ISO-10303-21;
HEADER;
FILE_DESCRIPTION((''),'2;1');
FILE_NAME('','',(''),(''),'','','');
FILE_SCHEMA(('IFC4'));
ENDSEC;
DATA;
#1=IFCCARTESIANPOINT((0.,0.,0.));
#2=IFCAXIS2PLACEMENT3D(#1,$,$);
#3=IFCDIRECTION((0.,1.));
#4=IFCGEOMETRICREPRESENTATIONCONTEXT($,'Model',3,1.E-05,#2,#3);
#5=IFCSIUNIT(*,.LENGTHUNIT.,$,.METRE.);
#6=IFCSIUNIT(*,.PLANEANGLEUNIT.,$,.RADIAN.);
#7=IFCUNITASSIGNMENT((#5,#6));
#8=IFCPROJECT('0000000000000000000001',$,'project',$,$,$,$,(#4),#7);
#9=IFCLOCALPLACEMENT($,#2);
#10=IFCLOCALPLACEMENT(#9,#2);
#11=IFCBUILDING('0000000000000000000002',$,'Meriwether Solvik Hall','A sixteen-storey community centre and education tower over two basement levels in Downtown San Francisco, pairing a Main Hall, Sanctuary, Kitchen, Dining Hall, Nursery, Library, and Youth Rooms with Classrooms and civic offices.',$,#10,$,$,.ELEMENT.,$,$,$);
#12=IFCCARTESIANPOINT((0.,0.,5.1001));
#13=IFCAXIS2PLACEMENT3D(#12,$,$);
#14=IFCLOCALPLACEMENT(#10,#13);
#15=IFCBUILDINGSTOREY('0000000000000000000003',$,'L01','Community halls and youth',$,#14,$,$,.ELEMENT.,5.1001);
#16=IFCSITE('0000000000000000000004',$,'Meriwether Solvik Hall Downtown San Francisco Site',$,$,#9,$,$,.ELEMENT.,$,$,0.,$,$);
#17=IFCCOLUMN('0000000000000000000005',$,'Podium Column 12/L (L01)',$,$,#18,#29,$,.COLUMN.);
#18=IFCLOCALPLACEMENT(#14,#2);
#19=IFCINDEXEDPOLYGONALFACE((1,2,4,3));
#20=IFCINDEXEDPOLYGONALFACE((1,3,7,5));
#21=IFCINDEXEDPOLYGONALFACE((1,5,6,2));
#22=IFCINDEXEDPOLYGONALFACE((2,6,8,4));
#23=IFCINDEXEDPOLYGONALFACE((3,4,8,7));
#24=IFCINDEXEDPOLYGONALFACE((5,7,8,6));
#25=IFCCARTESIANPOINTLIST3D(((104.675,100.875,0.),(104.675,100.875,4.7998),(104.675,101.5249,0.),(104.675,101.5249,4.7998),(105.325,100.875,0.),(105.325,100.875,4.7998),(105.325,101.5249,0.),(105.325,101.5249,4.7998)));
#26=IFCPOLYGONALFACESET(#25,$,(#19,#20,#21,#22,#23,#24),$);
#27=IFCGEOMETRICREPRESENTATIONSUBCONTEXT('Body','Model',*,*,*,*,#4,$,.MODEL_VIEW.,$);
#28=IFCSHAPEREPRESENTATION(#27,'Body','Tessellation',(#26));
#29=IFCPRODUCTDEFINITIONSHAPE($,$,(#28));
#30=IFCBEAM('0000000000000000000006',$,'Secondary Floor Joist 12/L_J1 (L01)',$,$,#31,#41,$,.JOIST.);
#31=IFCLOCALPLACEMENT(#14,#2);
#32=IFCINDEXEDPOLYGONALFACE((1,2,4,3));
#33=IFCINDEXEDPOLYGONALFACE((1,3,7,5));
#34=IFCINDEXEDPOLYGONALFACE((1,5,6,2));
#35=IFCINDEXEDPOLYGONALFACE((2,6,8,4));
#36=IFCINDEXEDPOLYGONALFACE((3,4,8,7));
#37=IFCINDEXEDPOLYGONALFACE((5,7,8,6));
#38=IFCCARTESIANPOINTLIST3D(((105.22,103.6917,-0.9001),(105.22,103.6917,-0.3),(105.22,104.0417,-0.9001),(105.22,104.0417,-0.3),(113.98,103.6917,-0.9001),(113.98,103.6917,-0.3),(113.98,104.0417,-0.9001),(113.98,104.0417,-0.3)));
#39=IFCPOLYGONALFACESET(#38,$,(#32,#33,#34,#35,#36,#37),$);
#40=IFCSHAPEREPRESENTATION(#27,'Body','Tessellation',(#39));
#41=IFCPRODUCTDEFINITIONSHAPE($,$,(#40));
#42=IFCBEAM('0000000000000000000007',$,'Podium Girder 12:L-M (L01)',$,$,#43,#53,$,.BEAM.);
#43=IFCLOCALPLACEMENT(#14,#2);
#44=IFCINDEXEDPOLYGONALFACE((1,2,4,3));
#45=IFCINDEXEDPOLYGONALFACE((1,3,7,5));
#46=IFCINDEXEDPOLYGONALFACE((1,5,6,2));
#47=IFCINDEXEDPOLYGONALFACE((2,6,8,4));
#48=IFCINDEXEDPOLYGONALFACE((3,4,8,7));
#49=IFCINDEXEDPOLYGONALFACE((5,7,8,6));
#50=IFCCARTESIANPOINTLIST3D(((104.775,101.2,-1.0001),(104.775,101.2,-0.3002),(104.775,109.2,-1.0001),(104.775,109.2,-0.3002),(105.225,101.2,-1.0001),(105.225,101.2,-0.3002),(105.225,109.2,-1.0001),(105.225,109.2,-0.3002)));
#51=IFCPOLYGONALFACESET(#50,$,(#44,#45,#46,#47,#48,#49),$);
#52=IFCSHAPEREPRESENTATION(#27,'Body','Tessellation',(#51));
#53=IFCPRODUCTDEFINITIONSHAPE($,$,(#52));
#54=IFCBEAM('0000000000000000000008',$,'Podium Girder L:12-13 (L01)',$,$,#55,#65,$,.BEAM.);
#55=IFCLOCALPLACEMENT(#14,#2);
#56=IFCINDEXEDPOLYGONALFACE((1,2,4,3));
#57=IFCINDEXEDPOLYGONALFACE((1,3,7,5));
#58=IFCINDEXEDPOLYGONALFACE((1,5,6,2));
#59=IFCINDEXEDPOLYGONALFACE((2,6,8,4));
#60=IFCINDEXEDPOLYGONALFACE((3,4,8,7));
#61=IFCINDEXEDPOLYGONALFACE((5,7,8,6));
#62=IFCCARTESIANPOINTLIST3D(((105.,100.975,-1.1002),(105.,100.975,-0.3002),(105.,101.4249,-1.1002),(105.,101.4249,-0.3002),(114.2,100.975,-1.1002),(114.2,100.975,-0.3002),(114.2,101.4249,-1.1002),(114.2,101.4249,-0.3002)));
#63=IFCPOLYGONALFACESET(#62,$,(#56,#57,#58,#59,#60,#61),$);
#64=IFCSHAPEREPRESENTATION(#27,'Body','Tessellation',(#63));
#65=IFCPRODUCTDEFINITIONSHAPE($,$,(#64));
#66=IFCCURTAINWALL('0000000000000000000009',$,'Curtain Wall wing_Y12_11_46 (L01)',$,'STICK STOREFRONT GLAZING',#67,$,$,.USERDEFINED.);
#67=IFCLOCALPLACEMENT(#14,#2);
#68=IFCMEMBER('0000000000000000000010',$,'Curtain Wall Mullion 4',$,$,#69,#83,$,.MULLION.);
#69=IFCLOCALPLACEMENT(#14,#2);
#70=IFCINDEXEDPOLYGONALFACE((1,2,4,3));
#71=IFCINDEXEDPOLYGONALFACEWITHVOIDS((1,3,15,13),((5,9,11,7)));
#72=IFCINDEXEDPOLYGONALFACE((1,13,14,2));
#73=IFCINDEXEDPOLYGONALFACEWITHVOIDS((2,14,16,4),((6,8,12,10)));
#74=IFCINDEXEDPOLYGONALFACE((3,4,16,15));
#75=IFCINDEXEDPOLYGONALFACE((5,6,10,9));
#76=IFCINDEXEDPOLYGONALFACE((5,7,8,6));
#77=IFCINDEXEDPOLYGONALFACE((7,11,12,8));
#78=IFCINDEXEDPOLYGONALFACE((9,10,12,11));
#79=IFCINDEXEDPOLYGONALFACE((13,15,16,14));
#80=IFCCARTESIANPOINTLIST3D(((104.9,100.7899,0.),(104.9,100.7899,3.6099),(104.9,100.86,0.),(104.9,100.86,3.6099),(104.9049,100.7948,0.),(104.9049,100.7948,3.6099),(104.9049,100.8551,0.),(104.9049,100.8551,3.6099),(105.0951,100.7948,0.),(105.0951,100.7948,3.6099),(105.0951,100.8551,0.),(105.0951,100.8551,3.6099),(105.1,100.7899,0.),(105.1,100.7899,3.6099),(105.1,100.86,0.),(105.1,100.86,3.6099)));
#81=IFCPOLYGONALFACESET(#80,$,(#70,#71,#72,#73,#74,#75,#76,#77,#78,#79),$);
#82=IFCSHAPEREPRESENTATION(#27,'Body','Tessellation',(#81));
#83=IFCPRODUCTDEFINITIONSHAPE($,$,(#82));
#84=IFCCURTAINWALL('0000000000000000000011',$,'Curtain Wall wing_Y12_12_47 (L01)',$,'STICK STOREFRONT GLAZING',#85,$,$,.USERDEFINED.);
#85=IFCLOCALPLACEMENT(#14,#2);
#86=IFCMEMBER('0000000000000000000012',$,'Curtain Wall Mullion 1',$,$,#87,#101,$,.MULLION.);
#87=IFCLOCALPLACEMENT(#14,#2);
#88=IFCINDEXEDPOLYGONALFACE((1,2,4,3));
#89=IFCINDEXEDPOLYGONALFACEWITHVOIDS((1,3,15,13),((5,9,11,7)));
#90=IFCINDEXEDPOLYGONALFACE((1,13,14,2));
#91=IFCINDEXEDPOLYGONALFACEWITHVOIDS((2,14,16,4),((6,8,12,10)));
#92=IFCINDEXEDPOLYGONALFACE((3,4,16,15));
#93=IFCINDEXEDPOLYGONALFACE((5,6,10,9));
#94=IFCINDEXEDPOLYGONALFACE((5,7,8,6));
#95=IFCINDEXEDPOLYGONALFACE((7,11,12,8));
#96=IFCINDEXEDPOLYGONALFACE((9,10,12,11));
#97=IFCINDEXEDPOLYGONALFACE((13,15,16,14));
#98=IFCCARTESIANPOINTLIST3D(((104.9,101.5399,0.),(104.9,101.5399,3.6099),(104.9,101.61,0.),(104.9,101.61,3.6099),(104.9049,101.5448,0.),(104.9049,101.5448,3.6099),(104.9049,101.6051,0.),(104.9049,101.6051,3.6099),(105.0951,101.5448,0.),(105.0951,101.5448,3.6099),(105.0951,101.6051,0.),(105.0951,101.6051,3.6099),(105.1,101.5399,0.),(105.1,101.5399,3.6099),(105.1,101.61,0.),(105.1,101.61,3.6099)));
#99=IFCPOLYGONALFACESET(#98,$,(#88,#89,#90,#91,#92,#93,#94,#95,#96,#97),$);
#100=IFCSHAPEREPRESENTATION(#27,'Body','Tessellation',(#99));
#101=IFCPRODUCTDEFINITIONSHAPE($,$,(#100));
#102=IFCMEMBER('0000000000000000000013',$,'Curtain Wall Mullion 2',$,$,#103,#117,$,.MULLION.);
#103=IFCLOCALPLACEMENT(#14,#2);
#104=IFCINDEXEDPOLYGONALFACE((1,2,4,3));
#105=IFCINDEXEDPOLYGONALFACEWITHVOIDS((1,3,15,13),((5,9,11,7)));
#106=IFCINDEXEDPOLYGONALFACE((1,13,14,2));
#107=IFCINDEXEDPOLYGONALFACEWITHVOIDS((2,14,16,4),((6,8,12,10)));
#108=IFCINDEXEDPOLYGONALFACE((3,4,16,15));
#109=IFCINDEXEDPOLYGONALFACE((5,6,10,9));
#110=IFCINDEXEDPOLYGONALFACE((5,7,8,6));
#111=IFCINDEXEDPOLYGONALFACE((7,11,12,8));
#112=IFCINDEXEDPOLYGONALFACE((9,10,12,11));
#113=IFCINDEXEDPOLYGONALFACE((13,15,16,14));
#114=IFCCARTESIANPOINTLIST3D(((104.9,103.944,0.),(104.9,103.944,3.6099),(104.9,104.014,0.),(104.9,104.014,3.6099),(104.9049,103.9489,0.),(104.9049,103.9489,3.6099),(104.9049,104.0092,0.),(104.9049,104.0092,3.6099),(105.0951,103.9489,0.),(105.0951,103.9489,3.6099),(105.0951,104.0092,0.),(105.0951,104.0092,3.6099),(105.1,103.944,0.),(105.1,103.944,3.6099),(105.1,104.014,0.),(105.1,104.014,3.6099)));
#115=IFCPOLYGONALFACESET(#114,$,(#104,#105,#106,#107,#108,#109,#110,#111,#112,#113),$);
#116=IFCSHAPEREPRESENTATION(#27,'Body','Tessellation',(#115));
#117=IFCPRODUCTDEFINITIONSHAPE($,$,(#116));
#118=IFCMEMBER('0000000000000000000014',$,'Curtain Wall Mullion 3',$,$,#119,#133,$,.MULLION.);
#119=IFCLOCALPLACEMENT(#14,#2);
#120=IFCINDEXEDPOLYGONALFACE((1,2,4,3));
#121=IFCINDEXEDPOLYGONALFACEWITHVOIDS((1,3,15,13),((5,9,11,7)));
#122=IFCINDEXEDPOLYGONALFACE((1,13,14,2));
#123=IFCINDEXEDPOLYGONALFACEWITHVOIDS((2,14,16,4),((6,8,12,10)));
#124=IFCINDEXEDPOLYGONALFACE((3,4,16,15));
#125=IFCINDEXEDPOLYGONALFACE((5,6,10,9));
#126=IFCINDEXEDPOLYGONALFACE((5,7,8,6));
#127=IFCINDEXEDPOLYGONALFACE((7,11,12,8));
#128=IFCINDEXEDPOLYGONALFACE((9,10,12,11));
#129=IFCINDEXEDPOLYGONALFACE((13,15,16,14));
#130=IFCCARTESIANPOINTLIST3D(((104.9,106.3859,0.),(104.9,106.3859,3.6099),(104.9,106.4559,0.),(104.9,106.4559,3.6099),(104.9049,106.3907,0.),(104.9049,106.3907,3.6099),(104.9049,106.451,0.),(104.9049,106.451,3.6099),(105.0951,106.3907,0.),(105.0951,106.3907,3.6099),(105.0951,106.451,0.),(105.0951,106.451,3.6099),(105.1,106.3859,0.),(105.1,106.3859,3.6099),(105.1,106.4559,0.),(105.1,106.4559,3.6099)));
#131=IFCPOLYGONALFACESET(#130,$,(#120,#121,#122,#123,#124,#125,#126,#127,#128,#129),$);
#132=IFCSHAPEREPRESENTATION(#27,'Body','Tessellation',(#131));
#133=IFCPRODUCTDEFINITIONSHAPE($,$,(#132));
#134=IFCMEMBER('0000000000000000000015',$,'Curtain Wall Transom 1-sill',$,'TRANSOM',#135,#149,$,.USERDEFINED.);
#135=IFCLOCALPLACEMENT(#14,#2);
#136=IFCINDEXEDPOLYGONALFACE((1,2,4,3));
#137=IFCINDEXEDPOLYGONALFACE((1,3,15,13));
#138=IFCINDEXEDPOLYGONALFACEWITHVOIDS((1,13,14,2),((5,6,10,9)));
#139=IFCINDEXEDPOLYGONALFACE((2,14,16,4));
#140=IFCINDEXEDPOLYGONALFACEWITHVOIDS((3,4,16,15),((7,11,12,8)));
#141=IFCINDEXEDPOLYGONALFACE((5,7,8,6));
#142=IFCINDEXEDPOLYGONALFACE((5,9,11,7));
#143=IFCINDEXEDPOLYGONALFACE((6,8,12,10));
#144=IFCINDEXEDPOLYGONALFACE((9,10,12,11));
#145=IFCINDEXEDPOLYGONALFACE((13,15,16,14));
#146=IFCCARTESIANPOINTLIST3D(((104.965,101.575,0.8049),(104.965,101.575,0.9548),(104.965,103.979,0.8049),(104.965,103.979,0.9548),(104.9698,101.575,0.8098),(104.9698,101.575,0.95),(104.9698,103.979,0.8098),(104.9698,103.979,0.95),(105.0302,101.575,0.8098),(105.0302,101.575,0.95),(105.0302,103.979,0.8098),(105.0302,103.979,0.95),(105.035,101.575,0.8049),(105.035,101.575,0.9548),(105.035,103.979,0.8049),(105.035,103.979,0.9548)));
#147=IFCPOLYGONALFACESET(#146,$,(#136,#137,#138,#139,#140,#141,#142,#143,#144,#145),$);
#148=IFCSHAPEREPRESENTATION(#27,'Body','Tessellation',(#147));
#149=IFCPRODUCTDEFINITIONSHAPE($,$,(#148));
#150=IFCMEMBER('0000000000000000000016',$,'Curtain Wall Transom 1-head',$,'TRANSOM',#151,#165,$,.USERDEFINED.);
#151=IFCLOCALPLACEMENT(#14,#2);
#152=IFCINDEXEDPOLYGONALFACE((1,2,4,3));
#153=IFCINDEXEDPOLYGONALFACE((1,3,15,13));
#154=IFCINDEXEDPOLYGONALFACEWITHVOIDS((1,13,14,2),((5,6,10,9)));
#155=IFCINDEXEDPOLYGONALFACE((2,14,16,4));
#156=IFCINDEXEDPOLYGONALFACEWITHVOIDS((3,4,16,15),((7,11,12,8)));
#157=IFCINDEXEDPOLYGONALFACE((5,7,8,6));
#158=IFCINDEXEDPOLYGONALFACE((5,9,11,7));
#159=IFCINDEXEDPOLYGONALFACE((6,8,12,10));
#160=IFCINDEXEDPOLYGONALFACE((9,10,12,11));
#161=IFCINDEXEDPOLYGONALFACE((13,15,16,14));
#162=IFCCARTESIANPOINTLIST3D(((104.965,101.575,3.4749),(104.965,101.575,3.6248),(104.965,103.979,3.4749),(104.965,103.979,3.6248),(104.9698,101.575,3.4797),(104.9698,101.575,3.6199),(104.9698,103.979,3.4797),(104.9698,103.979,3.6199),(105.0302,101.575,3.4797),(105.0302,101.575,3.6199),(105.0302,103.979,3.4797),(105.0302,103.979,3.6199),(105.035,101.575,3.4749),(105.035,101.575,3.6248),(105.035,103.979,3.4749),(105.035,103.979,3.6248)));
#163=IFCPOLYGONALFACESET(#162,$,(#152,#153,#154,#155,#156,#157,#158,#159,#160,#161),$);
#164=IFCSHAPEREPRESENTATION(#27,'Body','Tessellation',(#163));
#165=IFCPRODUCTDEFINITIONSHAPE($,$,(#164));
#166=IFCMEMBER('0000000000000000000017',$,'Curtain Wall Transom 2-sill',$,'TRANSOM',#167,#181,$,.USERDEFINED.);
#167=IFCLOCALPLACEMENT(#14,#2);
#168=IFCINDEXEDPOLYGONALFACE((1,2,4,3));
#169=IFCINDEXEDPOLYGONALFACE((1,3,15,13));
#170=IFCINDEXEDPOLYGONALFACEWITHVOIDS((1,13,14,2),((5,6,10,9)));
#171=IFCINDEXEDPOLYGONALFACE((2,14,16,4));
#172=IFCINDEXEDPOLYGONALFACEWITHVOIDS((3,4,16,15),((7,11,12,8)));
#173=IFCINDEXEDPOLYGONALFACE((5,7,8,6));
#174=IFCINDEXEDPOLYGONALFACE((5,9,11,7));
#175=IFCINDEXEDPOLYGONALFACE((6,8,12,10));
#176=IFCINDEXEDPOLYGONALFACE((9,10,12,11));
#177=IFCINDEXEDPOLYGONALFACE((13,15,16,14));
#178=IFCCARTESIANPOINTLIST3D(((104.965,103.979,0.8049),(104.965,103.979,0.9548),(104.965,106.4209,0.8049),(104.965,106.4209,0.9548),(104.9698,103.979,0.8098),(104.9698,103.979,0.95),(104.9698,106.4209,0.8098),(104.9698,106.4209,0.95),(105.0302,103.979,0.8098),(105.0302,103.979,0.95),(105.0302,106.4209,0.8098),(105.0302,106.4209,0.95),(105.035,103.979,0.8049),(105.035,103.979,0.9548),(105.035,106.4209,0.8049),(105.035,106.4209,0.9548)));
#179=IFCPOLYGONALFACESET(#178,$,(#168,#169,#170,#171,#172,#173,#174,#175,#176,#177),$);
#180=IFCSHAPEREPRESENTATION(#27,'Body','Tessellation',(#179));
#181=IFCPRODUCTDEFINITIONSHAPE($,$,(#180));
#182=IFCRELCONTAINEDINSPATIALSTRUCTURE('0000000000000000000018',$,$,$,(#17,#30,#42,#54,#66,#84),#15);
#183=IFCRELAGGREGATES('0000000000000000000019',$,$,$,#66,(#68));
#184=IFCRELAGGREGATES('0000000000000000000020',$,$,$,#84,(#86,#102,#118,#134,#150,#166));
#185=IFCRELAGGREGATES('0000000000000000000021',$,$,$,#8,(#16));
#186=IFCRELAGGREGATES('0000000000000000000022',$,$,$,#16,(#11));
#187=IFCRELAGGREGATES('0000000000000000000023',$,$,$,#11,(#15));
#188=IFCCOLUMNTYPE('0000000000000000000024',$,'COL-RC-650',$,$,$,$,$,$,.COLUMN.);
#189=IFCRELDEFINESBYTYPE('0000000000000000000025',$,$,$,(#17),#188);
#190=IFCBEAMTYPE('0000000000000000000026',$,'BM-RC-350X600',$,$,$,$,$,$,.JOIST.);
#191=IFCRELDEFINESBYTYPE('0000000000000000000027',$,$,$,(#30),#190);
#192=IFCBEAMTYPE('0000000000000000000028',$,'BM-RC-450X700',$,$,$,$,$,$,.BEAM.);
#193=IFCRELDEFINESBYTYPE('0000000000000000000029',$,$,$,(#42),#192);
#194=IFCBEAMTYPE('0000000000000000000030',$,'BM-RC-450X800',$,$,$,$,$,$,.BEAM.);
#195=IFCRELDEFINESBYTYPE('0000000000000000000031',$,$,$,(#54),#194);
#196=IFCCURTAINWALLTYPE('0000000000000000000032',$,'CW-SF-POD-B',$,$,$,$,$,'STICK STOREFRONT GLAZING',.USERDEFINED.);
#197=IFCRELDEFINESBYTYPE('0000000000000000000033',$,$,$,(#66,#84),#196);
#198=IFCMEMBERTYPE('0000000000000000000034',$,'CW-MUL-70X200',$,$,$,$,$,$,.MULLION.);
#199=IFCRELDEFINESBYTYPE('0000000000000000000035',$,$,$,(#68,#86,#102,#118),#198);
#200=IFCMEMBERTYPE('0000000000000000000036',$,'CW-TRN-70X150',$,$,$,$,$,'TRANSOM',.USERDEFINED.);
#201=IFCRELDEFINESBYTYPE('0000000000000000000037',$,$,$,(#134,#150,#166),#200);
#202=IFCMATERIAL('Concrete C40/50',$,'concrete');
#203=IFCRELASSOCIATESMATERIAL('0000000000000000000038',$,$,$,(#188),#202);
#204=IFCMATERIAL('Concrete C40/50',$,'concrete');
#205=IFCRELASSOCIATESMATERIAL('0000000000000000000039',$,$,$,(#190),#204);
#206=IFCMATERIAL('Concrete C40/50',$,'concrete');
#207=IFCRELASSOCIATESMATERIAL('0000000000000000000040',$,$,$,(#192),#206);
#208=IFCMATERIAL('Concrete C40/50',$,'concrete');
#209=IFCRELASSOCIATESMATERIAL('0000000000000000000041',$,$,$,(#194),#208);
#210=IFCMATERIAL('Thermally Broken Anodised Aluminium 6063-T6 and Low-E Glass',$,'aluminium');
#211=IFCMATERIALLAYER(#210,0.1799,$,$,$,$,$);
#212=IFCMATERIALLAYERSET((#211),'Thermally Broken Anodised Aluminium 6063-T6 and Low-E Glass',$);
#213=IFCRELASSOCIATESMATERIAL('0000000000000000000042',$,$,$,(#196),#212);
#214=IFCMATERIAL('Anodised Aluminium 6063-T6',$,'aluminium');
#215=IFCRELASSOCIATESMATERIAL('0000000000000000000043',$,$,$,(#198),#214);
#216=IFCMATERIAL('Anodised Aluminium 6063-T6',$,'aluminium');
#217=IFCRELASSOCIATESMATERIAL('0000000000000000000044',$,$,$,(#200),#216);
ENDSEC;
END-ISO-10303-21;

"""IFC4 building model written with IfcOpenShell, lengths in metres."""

from ifc_helpers import new_model, si_unit, direction, frame, origin, origin_2d, place, context, subcontext, project, spatial, rectangle, hollow_rectangle, extrude, material, layer, layer_set, material_profile, profile_set, type_object, element, aggregate, save


model = new_model("IFC4")

# Units and contexts
model_context = context("Model", 3, precision=1e-05, world=origin(), true_north=direction((0.0, 1.0)))
body_context = subcontext(model_context, "Body", "Model", "MODEL_VIEW")
ifc_project = project(units=[si_unit("LENGTHUNIT", "METRE"), si_unit("PLANEANGLEUNIT", "RADIAN")], contexts=[model_context])

# Site, building, storey
site_placement = place(None, origin())
site = spatial("IfcSite", under=ifc_project, at=site_placement, Name="Meriwether Solvik Hall Downtown San Francisco Site", CompositionType="ELEMENT", RefElevation=0.0)
building_placement = place(site_placement, origin())
building = spatial("IfcBuilding", under=site, at=building_placement, Name="Meriwether Solvik Hall", Description="A sixteen-storey community centre and education tower over two basement levels in Downtown San Francisco, pairing a Main Hall, Sanctuary, Kitchen, Dining Hall, Nursery, Library, and Youth Rooms with Classrooms and civic offices.", CompositionType="ELEMENT")
storey_placement = place(building_placement, frame((0.0, 0.0, 5.1001)))
storey = spatial("IfcBuildingStorey", under=building, at=storey_placement, Name="L01", Description="Community halls and youth", CompositionType="ELEMENT", Elevation=5.1001)

# Column
ifc_material_1 = material(Name="Concrete C40/50", Category="concrete")
ifc_material_profile_1 = material_profile(ifc_material_1, rectangle(XDim=0.6499, YDim=0.6499, at=origin_2d()), Name="RCC-650X650")
ifc_profile_set_1 = profile_set([ifc_material_profile_1], Name="Concrete C40/50")
column_type = type_object("IfcColumnType", Name="COL-RC-650", PredefinedType="COLUMN", material=ifc_profile_set_1)
column_placement = place(storey_placement, frame((105.0, 101.2, 0.0), z_axis=(0.0, 0.0, 1.0), x_axis=(1.0, 0.0, 0.0)))
element("IfcColumn", 1, at=column_placement, inside=storey, type_object=column_type, Name="Podium Column 12/L (L01)", PredefinedType="COLUMN", context=body_context, shape_type="SweptSolid", body=[
    extrude(rectangle(XDim=0.6499, YDim=0.6499, at=origin_2d()), origin(), (0.0, 0.0, 1.0), 4.7998),
])

# Beams
ifc_material_2 = material(Name="Concrete C40/50", Category="concrete")
ifc_material_profile_2 = material_profile(ifc_material_2, rectangle(XDim=0.3501, YDim=0.6001, at=origin_2d()), Name="RCB-350X600")
ifc_profile_set_2 = profile_set([ifc_material_profile_2], Name="Concrete C40/50")
beam_type_1 = type_object("IfcBeamType", Name="BM-RC-350X600", PredefinedType="JOIST", material=ifc_profile_set_2)
beam_1_placement = place(storey_placement, frame((105.22, 103.8667, -0.6001), z_axis=(1.0, 0.0, 0.0), x_axis=(0.0, 1.0, 0.0)))
element("IfcBeam", 2, at=beam_1_placement, inside=storey, type_object=beam_type_1, Name="Secondary Floor Joist 12/L_J1 (L01)", PredefinedType="JOIST", context=body_context, shape_type="SweptSolid", body=[
    extrude(rectangle(XDim=0.3501, YDim=0.6001, at=origin_2d()), origin(), (0.0, 0.0, 1.0), 8.76),
])
ifc_material_3 = material(Name="Concrete C40/50", Category="concrete")
ifc_material_profile_3 = material_profile(ifc_material_3, rectangle(XDim=0.45, YDim=0.7, at=origin_2d()), Name="RCB-450X700")
ifc_profile_set_3 = profile_set([ifc_material_profile_3], Name="Concrete C40/50")
beam_type_2 = type_object("IfcBeamType", Name="BM-RC-450X700", PredefinedType="BEAM", material=ifc_profile_set_3)
beam_2_placement = place(storey_placement, frame((105.0, 101.2, -0.6501), z_axis=(0.0, 1.0, 0.0), x_axis=(-1.0, 0.0, 0.0)))
element("IfcBeam", 3, at=beam_2_placement, inside=storey, type_object=beam_type_2, Name="Podium Girder 12:L-M (L01)", PredefinedType="BEAM", context=body_context, shape_type="SweptSolid", body=[
    extrude(rectangle(XDim=0.45, YDim=0.7, at=origin_2d()), origin(), (0.0, 0.0, 1.0), 8.0),
])
ifc_material_4 = material(Name="Concrete C40/50", Category="concrete")
ifc_material_profile_4 = material_profile(ifc_material_4, rectangle(XDim=0.45, YDim=0.8, at=origin_2d()), Name="RCB-450X800")
ifc_profile_set_4 = profile_set([ifc_material_profile_4], Name="Concrete C40/50")
beam_type_3 = type_object("IfcBeamType", Name="BM-RC-450X800", PredefinedType="BEAM", material=ifc_profile_set_4)
beam_3_placement = place(storey_placement, frame((105.0, 101.2, -0.7002), z_axis=(1.0, 0.0, 0.0), x_axis=(0.0, 1.0, 0.0)))
element("IfcBeam", 4, at=beam_3_placement, inside=storey, type_object=beam_type_3, Name="Podium Girder L:12-13 (L01)", PredefinedType="BEAM", context=body_context, shape_type="SweptSolid", body=[
    extrude(rectangle(XDim=0.45, YDim=0.8, at=origin_2d()), origin(), (0.0, 0.0, 1.0), 9.2),
])

# Curtain wall, member
ifc_material_5 = material(Name="Thermally Broken Anodised Aluminium 6063-T6 and Low-E Glass", Category="aluminium")
ifc_layer_1 = layer(ifc_material_5, 0.1799)
ifc_layer_set_1 = layer_set([ifc_layer_1], Name="Thermally Broken Anodised Aluminium 6063-T6 and Low-E Glass")
curtain_wall_type = type_object("IfcCurtainWallType", Name="CW-SF-POD-B", ElementType="STICK STOREFRONT GLAZING", PredefinedType="USERDEFINED", material=ifc_layer_set_1)
curtain_wall_1_placement = place(storey_placement, origin())
curtain_wall_1 = element("IfcCurtainWall", 5, at=curtain_wall_1_placement, inside=storey, type_object=curtain_wall_type, Name="Curtain Wall wing_Y12_11_46 (L01)", ObjectType="STICK STOREFRONT GLAZING", PredefinedType="USERDEFINED")
ifc_material_6 = material(Name="Anodised Aluminium 6063-T6", Category="aluminium")
ifc_material_profile_5 = material_profile(ifc_material_6, hollow_rectangle(XDim=0.0701, YDim=0.2, WallThickness=0.0049, at=origin_2d()), Name="CWM-70X200")
ifc_profile_set_5 = profile_set([ifc_material_profile_5], Name="Anodised Aluminium 6063-T6")
member_type_1 = type_object("IfcMemberType", Name="CW-MUL-70X200", PredefinedType="MULLION", material=ifc_profile_set_5)
member_1_placement = place(storey_placement, frame((105.0, 100.825, 0.0), z_axis=(0.0, 0.0, 1.0), x_axis=(0.0, 1.0, 0.0)))
member_1 = element("IfcMember", 6, at=member_1_placement, type_object=member_type_1, Name="Curtain Wall Mullion 4", PredefinedType="MULLION", context=body_context, shape_type="SweptSolid", body=[
    extrude(hollow_rectangle(XDim=0.0701, YDim=0.2, WallThickness=0.0049, at=origin_2d()), origin(), (0.0, 0.0, 1.0), 3.6099),
])

# Curtain wall, members
curtain_wall_2_placement = place(storey_placement, origin())
curtain_wall_2 = element("IfcCurtainWall", 7, at=curtain_wall_2_placement, inside=storey, type_object=curtain_wall_type, Name="Curtain Wall wing_Y12_12_47 (L01)", ObjectType="STICK STOREFRONT GLAZING", PredefinedType="USERDEFINED")
member_2_placement = place(storey_placement, frame((105.0, 101.575, 0.0), z_axis=(0.0, 0.0, 1.0), x_axis=(0.0, 1.0, 0.0)))
member_2 = element("IfcMember", 8, at=member_2_placement, type_object=member_type_1, Name="Curtain Wall Mullion 1", PredefinedType="MULLION", context=body_context, shape_type="SweptSolid", body=[
    extrude(hollow_rectangle(XDim=0.0701, YDim=0.2, WallThickness=0.0049, at=origin_2d()), origin(), (0.0, 0.0, 1.0), 3.6099),
])
member_3_placement = place(storey_placement, frame((105.0, 103.979, 0.0), z_axis=(0.0, 0.0, 1.0), x_axis=(0.0, 1.0, 0.0)))
member_3 = element("IfcMember", 9, at=member_3_placement, type_object=member_type_1, Name="Curtain Wall Mullion 2", PredefinedType="MULLION", context=body_context, shape_type="SweptSolid", body=[
    extrude(hollow_rectangle(XDim=0.0701, YDim=0.2, WallThickness=0.0049, at=origin_2d()), origin(), (0.0, 0.0, 1.0), 3.6099),
])
member_4_placement = place(storey_placement, frame((105.0, 106.4209, 0.0), z_axis=(0.0, 0.0, 1.0), x_axis=(0.0, 1.0, 0.0)))
member_4 = element("IfcMember", 10, at=member_4_placement, type_object=member_type_1, Name="Curtain Wall Mullion 3", PredefinedType="MULLION", context=body_context, shape_type="SweptSolid", body=[
    extrude(hollow_rectangle(XDim=0.0701, YDim=0.2, WallThickness=0.0049, at=origin_2d()), origin(), (0.0, 0.0, 1.0), 3.6099),
])
ifc_material_7 = material(Name="Anodised Aluminium 6063-T6", Category="aluminium")
ifc_material_profile_6 = material_profile(ifc_material_7, hollow_rectangle(XDim=0.0701, YDim=0.1499, WallThickness=0.0049, at=origin_2d()), Name="CWT-70X150")
ifc_profile_set_6 = profile_set([ifc_material_profile_6], Name="Anodised Aluminium 6063-T6")
member_type_2 = type_object("IfcMemberType", Name="CW-TRN-70X150", ElementType="TRANSOM", PredefinedType="USERDEFINED", material=ifc_profile_set_6)
member_5_placement = place(storey_placement, frame((105.0, 101.575, 0.8799), z_axis=(0.0, 1.0, 0.0), x_axis=(-1.0, 0.0, 0.0)))
member_5 = element("IfcMember", 11, at=member_5_placement, type_object=member_type_2, Name="Curtain Wall Transom 1-sill", ObjectType="TRANSOM", PredefinedType="USERDEFINED", context=body_context, shape_type="SweptSolid", body=[
    extrude(hollow_rectangle(XDim=0.0701, YDim=0.1499, WallThickness=0.0049, at=origin_2d()), origin(), (0.0, 0.0, 1.0), 2.4041),
])
member_6_placement = place(storey_placement, frame((105.0, 101.575, 3.5498), z_axis=(0.0, 1.0, 0.0), x_axis=(-1.0, 0.0, 0.0)))
member_6 = element("IfcMember", 12, at=member_6_placement, type_object=member_type_2, Name="Curtain Wall Transom 1-head", ObjectType="TRANSOM", PredefinedType="USERDEFINED", context=body_context, shape_type="SweptSolid", body=[
    extrude(hollow_rectangle(XDim=0.0701, YDim=0.1499, WallThickness=0.0049, at=origin_2d()), origin(), (0.0, 0.0, 1.0), 2.4041),
])
member_7_placement = place(storey_placement, frame((105.0, 103.979, 0.8799), z_axis=(0.0, 1.0, 0.0), x_axis=(-1.0, 0.0, 0.0)))
member_7 = element("IfcMember", 13, at=member_7_placement, type_object=member_type_2, Name="Curtain Wall Transom 2-sill", ObjectType="TRANSOM", PredefinedType="USERDEFINED", context=body_context, shape_type="SweptSolid", body=[
    extrude(hollow_rectangle(XDim=0.0701, YDim=0.1499, WallThickness=0.0049, at=origin_2d()), origin(), (0.0, 0.0, 1.0), 2.4419),
])

aggregate(curtain_wall_1, [member_1])
aggregate(curtain_wall_2, [member_2, member_3, member_4, member_5, member_6, member_7])

save(model, "model.ifc")
